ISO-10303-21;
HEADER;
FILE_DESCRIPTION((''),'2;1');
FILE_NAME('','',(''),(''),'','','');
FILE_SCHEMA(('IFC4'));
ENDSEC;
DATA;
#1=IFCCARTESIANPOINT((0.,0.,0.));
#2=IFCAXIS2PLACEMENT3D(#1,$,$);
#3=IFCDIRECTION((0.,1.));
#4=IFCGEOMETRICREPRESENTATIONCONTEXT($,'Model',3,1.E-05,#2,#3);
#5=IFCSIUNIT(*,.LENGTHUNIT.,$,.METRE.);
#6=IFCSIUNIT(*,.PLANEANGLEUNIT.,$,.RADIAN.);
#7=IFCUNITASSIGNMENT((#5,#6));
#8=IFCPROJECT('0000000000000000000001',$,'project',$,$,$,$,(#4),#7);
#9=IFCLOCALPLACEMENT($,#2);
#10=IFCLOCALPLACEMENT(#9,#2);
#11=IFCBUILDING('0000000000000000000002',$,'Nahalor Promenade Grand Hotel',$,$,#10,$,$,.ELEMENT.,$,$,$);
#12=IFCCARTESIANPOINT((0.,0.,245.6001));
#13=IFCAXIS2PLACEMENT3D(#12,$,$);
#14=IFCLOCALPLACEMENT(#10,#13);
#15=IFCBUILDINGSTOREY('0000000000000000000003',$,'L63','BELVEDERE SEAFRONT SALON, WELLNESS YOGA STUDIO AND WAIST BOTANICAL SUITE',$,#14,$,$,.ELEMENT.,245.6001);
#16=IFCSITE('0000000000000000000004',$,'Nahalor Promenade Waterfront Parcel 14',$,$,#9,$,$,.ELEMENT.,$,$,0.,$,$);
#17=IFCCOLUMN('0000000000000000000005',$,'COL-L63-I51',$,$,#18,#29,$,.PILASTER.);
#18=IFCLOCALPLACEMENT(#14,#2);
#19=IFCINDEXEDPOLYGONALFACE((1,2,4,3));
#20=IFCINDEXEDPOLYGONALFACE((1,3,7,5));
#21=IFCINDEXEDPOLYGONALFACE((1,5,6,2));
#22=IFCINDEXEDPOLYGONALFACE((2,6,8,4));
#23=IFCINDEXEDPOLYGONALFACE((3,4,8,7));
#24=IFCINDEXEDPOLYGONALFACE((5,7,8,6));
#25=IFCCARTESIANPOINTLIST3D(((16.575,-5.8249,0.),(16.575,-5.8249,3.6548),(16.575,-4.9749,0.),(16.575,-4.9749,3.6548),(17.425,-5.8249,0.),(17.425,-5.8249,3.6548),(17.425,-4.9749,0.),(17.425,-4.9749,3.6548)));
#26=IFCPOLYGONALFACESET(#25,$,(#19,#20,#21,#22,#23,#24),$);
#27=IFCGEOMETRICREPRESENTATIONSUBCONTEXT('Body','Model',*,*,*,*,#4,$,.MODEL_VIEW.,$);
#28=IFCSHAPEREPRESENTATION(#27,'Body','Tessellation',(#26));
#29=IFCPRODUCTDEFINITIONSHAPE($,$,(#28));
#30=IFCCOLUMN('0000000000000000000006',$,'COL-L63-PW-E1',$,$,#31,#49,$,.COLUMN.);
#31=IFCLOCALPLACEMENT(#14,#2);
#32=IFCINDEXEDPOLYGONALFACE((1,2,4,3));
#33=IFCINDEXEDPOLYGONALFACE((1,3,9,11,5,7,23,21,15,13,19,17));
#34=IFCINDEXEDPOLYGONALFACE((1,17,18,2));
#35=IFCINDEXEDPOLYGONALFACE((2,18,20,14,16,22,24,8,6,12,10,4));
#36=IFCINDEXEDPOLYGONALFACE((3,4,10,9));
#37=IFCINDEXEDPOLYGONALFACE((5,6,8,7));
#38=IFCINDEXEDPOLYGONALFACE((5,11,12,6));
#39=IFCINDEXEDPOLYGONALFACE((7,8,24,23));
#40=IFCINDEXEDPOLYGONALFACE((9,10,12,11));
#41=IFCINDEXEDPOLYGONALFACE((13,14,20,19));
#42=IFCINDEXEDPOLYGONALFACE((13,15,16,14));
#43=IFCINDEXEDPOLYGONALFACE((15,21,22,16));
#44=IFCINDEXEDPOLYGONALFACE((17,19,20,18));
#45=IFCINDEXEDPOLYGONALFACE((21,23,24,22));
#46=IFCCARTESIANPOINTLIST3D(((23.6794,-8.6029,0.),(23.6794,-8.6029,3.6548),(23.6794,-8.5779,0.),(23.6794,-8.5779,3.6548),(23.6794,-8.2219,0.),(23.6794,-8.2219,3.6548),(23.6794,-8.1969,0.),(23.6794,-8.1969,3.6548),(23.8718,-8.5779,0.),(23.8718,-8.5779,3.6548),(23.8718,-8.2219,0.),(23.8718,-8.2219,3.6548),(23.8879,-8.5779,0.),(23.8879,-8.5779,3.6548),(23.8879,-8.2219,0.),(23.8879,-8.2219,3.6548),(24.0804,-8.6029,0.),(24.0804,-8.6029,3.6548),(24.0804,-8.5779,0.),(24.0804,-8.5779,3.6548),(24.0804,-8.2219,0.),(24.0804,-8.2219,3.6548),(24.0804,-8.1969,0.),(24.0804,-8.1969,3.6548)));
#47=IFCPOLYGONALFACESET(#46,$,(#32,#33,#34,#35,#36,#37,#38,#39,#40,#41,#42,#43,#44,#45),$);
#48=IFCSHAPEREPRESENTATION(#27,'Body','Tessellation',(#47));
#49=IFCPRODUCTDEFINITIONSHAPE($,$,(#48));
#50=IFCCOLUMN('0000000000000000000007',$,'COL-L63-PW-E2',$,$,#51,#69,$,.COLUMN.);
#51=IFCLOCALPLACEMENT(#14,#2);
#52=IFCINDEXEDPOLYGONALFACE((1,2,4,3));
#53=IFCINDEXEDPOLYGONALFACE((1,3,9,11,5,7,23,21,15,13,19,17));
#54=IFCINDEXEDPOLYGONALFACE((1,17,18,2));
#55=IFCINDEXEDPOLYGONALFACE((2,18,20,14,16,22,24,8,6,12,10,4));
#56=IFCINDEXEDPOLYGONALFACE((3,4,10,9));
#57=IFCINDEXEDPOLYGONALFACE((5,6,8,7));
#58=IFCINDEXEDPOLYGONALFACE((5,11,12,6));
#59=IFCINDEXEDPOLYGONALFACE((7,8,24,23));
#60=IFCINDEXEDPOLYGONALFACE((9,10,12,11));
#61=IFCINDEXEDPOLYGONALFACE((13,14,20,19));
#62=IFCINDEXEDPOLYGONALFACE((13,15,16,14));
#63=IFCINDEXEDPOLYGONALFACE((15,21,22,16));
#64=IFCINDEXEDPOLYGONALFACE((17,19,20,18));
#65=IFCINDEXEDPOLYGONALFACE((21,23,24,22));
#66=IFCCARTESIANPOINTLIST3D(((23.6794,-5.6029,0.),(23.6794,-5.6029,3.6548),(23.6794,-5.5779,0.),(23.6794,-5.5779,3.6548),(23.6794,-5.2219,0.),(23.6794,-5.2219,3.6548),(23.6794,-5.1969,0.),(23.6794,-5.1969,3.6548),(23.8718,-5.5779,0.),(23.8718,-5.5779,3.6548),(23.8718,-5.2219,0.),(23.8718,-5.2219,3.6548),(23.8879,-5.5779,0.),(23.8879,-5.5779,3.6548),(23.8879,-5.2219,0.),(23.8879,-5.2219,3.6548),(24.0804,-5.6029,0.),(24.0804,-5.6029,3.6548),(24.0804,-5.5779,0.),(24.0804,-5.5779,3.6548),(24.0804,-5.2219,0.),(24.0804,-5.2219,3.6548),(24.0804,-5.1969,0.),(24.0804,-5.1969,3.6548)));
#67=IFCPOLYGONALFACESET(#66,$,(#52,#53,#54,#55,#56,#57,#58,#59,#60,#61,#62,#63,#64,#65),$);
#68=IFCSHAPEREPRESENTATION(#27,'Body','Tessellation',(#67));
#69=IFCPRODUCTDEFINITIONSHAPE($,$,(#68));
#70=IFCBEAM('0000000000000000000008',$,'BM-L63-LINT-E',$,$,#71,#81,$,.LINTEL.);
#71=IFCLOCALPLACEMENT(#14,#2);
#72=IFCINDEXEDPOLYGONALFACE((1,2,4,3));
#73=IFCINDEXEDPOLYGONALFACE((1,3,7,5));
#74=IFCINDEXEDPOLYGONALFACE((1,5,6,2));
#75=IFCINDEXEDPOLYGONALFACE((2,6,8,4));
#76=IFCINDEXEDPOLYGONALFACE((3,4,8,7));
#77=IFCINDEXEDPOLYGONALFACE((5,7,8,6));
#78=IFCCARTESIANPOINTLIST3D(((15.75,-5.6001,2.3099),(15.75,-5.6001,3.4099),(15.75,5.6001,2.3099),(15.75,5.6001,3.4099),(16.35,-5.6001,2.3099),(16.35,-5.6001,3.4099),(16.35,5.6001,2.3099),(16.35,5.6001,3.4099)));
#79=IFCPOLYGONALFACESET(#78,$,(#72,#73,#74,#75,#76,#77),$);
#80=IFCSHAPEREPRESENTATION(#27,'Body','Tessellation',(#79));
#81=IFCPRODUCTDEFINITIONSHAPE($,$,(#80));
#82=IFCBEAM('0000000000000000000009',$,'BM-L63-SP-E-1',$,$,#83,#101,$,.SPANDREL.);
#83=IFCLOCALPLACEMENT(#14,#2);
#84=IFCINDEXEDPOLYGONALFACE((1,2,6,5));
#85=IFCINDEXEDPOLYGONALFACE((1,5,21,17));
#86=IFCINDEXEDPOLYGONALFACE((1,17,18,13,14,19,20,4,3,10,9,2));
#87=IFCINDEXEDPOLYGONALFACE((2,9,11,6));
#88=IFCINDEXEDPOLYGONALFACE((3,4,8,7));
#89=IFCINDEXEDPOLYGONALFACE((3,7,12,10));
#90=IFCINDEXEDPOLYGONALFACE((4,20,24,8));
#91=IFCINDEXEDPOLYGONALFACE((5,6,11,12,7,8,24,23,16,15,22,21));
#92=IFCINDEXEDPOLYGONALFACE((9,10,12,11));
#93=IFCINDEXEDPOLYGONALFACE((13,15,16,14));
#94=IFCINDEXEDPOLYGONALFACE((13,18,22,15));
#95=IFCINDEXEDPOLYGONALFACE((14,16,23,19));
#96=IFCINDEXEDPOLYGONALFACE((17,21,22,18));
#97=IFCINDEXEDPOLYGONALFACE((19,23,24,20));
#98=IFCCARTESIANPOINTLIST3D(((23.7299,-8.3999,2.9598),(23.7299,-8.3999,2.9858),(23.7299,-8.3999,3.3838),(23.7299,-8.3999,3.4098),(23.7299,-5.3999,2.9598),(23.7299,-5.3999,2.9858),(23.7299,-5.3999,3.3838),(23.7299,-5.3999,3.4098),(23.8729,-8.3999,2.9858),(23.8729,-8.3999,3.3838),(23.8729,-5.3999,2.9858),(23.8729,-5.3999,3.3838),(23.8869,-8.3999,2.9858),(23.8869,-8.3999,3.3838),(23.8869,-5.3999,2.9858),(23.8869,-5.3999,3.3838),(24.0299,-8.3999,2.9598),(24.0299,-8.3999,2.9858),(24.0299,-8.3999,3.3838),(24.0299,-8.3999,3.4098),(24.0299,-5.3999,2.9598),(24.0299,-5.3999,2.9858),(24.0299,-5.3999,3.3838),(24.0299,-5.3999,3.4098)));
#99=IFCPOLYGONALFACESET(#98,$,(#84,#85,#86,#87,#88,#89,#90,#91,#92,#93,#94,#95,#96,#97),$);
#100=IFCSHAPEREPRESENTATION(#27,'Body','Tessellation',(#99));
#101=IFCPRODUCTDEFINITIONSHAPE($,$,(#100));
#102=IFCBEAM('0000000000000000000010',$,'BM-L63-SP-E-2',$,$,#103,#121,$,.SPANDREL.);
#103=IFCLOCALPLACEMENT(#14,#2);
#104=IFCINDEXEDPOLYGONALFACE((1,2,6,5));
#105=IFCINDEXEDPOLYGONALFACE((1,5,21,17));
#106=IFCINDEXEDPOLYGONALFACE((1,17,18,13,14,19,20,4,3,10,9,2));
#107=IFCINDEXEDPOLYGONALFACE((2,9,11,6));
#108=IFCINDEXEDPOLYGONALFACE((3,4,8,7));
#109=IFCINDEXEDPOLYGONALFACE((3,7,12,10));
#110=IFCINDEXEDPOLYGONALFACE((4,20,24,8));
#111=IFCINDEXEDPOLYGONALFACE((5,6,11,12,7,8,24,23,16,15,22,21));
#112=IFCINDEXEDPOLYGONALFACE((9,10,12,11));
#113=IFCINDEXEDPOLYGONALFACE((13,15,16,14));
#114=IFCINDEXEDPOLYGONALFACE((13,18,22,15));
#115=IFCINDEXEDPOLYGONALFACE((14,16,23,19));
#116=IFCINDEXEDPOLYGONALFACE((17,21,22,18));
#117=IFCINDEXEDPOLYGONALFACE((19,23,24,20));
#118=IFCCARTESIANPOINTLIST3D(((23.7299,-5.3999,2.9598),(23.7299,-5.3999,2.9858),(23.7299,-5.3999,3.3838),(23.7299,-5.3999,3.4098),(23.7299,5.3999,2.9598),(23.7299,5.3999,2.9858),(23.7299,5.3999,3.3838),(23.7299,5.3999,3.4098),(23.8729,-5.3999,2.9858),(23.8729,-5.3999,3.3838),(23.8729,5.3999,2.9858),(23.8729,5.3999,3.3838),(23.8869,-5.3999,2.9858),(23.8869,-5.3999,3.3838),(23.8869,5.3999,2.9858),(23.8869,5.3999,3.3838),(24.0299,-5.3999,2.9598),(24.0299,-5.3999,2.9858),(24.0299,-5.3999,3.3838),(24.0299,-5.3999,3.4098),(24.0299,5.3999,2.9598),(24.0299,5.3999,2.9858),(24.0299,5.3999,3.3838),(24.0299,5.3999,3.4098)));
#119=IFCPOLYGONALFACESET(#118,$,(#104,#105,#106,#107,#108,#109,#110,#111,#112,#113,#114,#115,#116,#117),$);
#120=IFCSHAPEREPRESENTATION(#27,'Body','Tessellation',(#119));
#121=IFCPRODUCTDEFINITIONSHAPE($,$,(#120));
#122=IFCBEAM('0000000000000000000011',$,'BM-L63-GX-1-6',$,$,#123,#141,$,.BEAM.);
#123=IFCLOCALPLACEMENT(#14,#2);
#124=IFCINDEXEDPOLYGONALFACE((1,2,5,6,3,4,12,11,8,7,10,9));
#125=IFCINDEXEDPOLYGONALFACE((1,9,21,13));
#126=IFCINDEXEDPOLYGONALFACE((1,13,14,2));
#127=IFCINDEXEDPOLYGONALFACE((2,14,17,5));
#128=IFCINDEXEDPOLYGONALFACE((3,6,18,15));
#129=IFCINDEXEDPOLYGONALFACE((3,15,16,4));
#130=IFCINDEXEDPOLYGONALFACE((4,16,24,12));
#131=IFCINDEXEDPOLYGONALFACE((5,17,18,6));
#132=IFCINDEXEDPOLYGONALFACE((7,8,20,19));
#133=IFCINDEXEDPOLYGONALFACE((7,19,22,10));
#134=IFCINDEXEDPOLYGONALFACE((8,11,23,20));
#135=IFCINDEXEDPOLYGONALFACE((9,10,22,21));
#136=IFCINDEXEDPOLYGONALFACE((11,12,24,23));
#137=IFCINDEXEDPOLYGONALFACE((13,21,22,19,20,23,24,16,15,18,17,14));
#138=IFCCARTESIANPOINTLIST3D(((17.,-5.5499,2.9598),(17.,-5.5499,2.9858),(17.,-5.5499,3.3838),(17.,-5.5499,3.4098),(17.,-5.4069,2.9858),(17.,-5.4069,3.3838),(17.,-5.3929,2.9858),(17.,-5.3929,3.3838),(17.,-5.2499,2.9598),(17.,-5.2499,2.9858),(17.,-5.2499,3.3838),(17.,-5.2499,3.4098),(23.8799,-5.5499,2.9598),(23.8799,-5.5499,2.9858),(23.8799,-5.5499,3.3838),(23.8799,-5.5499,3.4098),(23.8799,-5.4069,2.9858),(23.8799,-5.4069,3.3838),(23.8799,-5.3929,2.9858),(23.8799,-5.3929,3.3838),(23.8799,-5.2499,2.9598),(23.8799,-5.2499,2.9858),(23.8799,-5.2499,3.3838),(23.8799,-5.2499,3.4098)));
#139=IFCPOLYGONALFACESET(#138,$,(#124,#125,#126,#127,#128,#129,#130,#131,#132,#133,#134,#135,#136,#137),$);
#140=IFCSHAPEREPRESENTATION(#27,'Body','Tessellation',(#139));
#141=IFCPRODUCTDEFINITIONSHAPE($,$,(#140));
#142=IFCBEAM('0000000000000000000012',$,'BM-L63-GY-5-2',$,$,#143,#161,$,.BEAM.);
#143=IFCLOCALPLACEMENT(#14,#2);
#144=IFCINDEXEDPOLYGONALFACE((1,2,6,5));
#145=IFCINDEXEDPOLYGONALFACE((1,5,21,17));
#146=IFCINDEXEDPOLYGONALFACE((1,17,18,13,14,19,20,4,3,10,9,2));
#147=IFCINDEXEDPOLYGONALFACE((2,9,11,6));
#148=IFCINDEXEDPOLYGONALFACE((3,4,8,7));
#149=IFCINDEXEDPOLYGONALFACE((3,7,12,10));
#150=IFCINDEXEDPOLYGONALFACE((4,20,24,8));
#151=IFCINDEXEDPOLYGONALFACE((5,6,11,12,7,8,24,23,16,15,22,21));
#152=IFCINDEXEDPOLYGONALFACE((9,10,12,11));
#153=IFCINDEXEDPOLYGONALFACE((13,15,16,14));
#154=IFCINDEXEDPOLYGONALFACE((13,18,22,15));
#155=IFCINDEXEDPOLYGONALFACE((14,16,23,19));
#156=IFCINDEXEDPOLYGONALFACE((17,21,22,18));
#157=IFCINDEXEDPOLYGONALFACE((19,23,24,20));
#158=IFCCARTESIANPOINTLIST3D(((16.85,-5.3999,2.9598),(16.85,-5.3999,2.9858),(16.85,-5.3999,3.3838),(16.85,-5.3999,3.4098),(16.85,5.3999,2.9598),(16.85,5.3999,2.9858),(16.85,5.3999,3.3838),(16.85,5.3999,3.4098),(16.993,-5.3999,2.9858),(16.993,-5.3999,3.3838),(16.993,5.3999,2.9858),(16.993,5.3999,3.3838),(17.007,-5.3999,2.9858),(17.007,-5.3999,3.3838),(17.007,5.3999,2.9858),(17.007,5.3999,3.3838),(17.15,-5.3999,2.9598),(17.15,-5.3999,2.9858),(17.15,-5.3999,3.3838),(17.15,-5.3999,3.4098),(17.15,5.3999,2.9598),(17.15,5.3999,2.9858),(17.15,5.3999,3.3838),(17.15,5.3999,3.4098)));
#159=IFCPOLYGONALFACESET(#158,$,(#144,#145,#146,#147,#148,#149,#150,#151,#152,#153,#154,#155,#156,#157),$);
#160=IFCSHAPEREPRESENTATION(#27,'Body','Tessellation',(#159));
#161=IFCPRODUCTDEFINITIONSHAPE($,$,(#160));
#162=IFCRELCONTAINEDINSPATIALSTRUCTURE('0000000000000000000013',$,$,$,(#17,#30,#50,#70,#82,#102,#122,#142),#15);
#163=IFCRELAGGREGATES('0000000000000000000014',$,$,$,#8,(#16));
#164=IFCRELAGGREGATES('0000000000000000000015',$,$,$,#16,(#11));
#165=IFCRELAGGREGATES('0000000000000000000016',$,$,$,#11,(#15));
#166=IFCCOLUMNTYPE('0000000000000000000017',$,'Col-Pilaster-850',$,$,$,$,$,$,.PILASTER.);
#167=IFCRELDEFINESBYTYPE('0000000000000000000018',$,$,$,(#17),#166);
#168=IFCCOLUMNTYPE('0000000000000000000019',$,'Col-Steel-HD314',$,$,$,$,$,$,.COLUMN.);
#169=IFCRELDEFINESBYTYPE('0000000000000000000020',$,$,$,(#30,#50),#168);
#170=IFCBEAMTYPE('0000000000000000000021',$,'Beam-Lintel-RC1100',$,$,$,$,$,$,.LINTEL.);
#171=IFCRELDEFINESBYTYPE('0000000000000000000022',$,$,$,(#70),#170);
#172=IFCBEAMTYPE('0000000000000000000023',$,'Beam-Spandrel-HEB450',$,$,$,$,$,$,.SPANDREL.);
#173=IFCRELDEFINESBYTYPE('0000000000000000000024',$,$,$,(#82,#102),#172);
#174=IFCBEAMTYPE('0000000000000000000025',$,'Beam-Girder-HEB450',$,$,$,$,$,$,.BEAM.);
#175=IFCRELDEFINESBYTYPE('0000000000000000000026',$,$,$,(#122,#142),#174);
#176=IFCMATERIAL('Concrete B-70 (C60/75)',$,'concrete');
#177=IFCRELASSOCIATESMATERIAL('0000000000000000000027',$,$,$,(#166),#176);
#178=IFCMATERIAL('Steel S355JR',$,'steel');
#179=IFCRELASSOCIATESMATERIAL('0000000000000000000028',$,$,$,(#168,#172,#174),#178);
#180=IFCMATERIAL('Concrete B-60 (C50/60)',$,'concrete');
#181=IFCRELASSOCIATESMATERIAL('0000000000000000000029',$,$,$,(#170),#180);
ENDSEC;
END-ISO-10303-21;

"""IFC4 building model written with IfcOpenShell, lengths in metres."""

from ifc_helpers import new_model, si_unit, direction, frame, origin, origin_2d, place, context, subcontext, project, spatial, rectangle, i_section, extrude, source, transform, mapped, material, material_profile, profile_set, type_object, element, save


model = new_model("IFC4")

# Units and contexts
model_context = context("Model", 3, precision=1e-05, world=origin(), true_north=direction((0.0, 1.0)))
body_context = subcontext(model_context, "Body", "Model", "MODEL_VIEW")
ifc_project = project(units=[si_unit("LENGTHUNIT", "METRE"), si_unit("PLANEANGLEUNIT", "RADIAN")], contexts=[model_context])

# Site, building, storey
site_placement = place(None, origin())
site = spatial("IfcSite", under=ifc_project, at=site_placement, Name="Nahalor Promenade Waterfront Parcel 14", CompositionType="ELEMENT", RefElevation=0.0)
building_placement = place(site_placement, origin())
building = spatial("IfcBuilding", under=site, at=building_placement, Name="Nahalor Promenade Grand Hotel", CompositionType="ELEMENT")
storey_placement = place(building_placement, frame((0.0, 0.0, 245.6001)))
storey = spatial("IfcBuildingStorey", under=building, at=storey_placement, Name="L63", Description="BELVEDERE SEAFRONT SALON, WELLNESS YOGA STUDIO AND WAIST BOTANICAL SUITE", CompositionType="ELEMENT", Elevation=245.6001)

# Columns
ifc_material_1 = material(Name="Concrete B-70 (C60/75)", Category="concrete")
ifc_material_profile_1 = material_profile(ifc_material_1, rectangle(XDim=0.85, YDim=0.85, at=origin_2d()), Name="RC 850x850")
ifc_profile_set_1 = profile_set([ifc_material_profile_1], Name="Concrete B-70 (C60/75)")
column_type_1 = type_object("IfcColumnType", Name="Col-Pilaster-850", PredefinedType="PILASTER", material=ifc_profile_set_1)
shared_shape_1 = source(origin(), body_context, "Body", "SweptSolid", [
    extrude(rectangle(XDim=0.85, YDim=0.85, at=origin_2d()), origin(), (0.0, 0.0, 1.0), 3.6548),
])
column_placement = place(storey_placement, frame((17.0, -5.3999, 0.0), z_axis=(0.0, 0.0, 1.0), x_axis=(1.0, 0.0, 0.0)))
element("IfcColumn", 1, at=column_placement, inside=storey, type_object=column_type_1, Name="COL-L63-I51", PredefinedType="PILASTER", context=body_context, shape_type="MappedRepresentation", body=[
    mapped(shared_shape_1, transform((0.0, 0.0, 0.0), scale=1.0)),
])
ifc_material_2 = material(Name="Steel S355JR", Category="steel")
ifc_material_profile_2 = material_profile(ifc_material_2, i_section(OverallWidth=0.401, OverallDepth=0.406, WebThickness=0.0161, FlangeThickness=0.025, at=origin_2d()), Name="HD 400x314")
ifc_profile_set_2 = profile_set([ifc_material_profile_2], Name="Steel S355JR")
column_type_2 = type_object("IfcColumnType", Name="Col-Steel-HD314", PredefinedType="COLUMN", material=ifc_profile_set_2)
shared_shape_2 = source(origin(), body_context, "Body", "SweptSolid", [
    extrude(i_section(OverallWidth=0.401, OverallDepth=0.406, WebThickness=0.0161, FlangeThickness=0.025, at=origin_2d()), origin(), (0.0, 0.0, 1.0), 3.6548),
])
for number, where, z_axis, x_axis, name in (
    (2, (23.8799, -8.3999, 0.0), (0.0, 0.0, 1.0), (1.0, 0.0, 0.0), "COL-L63-PW-E1"),
    (3, (23.8799, -5.3999, 0.0), (0.0, 0.0, 1.0), (1.0, 0.0, 0.0), "COL-L63-PW-E2"),
):
    element("IfcColumn", number, at=place(storey_placement, frame(where, z_axis=z_axis, x_axis=x_axis)), inside=storey, type_object=column_type_2, Name=name, PredefinedType="COLUMN", context=body_context, shape_type="MappedRepresentation", body=[
        mapped(shared_shape_2, transform((0.0, 0.0, 0.0), scale=1.0)),
    ])

# Beams
ifc_material_3 = material(Name="Concrete B-60 (C50/60)", Category="concrete")
ifc_material_profile_3 = material_profile(ifc_material_3, rectangle(XDim=0.6, YDim=1.1, at=origin_2d()), Name="RC 600x1100")
ifc_profile_set_3 = profile_set([ifc_material_profile_3], Name="Concrete B-60 (C50/60)")
beam_type_1 = type_object("IfcBeamType", Name="Beam-Lintel-RC1100", PredefinedType="LINTEL", material=ifc_profile_set_3)
shared_shape_3 = source(origin(), body_context, "Body", "SweptSolid", [
    extrude(rectangle(XDim=0.6, YDim=1.1, at=origin_2d()), origin(), (0.0, 0.0, 1.0), 11.2002),
])
beam_1_placement = place(storey_placement, frame((16.05, -5.6001, 2.8599), z_axis=(0.0, 1.0, 0.0), x_axis=(-1.0, 0.0, 0.0)))
element("IfcBeam", 4, at=beam_1_placement, inside=storey, type_object=beam_type_1, Name="BM-L63-LINT-E", PredefinedType="LINTEL", context=body_context, shape_type="MappedRepresentation", body=[
    mapped(shared_shape_3, transform((0.0, 0.0, 0.0), scale=1.0)),
])
ifc_material_profile_4 = material_profile(ifc_material_2, i_section(OverallWidth=0.3, OverallDepth=0.45, WebThickness=0.014, FlangeThickness=0.026, at=origin_2d()), Name="HEB 450")
ifc_profile_set_4 = profile_set([ifc_material_profile_4], Name="Steel S355JR")
beam_type_2 = type_object("IfcBeamType", Name="Beam-Spandrel-HEB450", PredefinedType="SPANDREL", material=ifc_profile_set_4)
shared_shape_4 = source(origin(), body_context, "Body", "SweptSolid", [
    extrude(i_section(OverallWidth=0.3, OverallDepth=0.45, WebThickness=0.014, FlangeThickness=0.026, at=origin_2d()), origin(), (0.0, 0.0, 1.0), 3.0),
])
beam_2_placement = place(storey_placement, frame((23.8799, -8.3999, 3.1848), z_axis=(0.0, 1.0, 0.0), x_axis=(-1.0, 0.0, 0.0)))
element("IfcBeam", 5, at=beam_2_placement, inside=storey, type_object=beam_type_2, Name="BM-L63-SP-E-1", PredefinedType="SPANDREL", context=body_context, shape_type="MappedRepresentation", body=[
    mapped(shared_shape_4, transform((0.0, 0.0, 0.0), scale=1.0)),
])
shared_shape_5 = source(origin(), body_context, "Body", "SweptSolid", [
    extrude(i_section(OverallWidth=0.3, OverallDepth=0.45, WebThickness=0.014, FlangeThickness=0.026, at=origin_2d()), origin(), (0.0, 0.0, 1.0), 10.7998),
])
beam_3_placement = place(storey_placement, frame((23.8799, -5.3999, 3.1848), z_axis=(0.0, 1.0, 0.0), x_axis=(-1.0, 0.0, 0.0)))
element("IfcBeam", 6, at=beam_3_placement, inside=storey, type_object=beam_type_2, Name="BM-L63-SP-E-2", PredefinedType="SPANDREL", context=body_context, shape_type="MappedRepresentation", body=[
    mapped(shared_shape_5, transform((0.0, 0.0, 0.0), scale=1.0)),
])
ifc_material_profile_5 = material_profile(ifc_material_2, i_section(OverallWidth=0.3, OverallDepth=0.45, WebThickness=0.014, FlangeThickness=0.026, at=origin_2d()), Name="HEB 450")
ifc_profile_set_5 = profile_set([ifc_material_profile_5], Name="Steel S355JR")
beam_type_3 = type_object("IfcBeamType", Name="Beam-Girder-HEB450", PredefinedType="BEAM", material=ifc_profile_set_5)
shared_shape_6 = source(origin(), body_context, "Body", "SweptSolid", [
    extrude(i_section(OverallWidth=0.3, OverallDepth=0.45, WebThickness=0.014, FlangeThickness=0.026, at=origin_2d()), origin(), (0.0, 0.0, 1.0), 6.8799),
])
beam_4_placement = place(storey_placement, frame((17.0, -5.3999, 3.1848), z_axis=(1.0, 0.0, 0.0), x_axis=(0.0, 1.0, 0.0)))
element("IfcBeam", 7, at=beam_4_placement, inside=storey, type_object=beam_type_3, Name="BM-L63-GX-1-6", PredefinedType="BEAM", context=body_context, shape_type="MappedRepresentation", body=[
    mapped(shared_shape_6, transform((0.0, 0.0, 0.0), scale=1.0)),
])
shared_shape_7 = source(origin(), body_context, "Body", "SweptSolid", [
    extrude(i_section(OverallWidth=0.3, OverallDepth=0.45, WebThickness=0.014, FlangeThickness=0.026, at=origin_2d()), origin(), (0.0, 0.0, 1.0), 10.7998),
])
beam_5_placement = place(storey_placement, frame((17.0, -5.3999, 3.1848), z_axis=(0.0, 1.0, 0.0), x_axis=(-1.0, 0.0, 0.0)))
element("IfcBeam", 8, at=beam_5_placement, inside=storey, type_object=beam_type_3, Name="BM-L63-GY-5-2", PredefinedType="BEAM", context=body_context, shape_type="MappedRepresentation", body=[
    mapped(shared_shape_7, transform((0.0, 0.0, 0.0), scale=1.0)),
])

save(model, "model.ifc")
